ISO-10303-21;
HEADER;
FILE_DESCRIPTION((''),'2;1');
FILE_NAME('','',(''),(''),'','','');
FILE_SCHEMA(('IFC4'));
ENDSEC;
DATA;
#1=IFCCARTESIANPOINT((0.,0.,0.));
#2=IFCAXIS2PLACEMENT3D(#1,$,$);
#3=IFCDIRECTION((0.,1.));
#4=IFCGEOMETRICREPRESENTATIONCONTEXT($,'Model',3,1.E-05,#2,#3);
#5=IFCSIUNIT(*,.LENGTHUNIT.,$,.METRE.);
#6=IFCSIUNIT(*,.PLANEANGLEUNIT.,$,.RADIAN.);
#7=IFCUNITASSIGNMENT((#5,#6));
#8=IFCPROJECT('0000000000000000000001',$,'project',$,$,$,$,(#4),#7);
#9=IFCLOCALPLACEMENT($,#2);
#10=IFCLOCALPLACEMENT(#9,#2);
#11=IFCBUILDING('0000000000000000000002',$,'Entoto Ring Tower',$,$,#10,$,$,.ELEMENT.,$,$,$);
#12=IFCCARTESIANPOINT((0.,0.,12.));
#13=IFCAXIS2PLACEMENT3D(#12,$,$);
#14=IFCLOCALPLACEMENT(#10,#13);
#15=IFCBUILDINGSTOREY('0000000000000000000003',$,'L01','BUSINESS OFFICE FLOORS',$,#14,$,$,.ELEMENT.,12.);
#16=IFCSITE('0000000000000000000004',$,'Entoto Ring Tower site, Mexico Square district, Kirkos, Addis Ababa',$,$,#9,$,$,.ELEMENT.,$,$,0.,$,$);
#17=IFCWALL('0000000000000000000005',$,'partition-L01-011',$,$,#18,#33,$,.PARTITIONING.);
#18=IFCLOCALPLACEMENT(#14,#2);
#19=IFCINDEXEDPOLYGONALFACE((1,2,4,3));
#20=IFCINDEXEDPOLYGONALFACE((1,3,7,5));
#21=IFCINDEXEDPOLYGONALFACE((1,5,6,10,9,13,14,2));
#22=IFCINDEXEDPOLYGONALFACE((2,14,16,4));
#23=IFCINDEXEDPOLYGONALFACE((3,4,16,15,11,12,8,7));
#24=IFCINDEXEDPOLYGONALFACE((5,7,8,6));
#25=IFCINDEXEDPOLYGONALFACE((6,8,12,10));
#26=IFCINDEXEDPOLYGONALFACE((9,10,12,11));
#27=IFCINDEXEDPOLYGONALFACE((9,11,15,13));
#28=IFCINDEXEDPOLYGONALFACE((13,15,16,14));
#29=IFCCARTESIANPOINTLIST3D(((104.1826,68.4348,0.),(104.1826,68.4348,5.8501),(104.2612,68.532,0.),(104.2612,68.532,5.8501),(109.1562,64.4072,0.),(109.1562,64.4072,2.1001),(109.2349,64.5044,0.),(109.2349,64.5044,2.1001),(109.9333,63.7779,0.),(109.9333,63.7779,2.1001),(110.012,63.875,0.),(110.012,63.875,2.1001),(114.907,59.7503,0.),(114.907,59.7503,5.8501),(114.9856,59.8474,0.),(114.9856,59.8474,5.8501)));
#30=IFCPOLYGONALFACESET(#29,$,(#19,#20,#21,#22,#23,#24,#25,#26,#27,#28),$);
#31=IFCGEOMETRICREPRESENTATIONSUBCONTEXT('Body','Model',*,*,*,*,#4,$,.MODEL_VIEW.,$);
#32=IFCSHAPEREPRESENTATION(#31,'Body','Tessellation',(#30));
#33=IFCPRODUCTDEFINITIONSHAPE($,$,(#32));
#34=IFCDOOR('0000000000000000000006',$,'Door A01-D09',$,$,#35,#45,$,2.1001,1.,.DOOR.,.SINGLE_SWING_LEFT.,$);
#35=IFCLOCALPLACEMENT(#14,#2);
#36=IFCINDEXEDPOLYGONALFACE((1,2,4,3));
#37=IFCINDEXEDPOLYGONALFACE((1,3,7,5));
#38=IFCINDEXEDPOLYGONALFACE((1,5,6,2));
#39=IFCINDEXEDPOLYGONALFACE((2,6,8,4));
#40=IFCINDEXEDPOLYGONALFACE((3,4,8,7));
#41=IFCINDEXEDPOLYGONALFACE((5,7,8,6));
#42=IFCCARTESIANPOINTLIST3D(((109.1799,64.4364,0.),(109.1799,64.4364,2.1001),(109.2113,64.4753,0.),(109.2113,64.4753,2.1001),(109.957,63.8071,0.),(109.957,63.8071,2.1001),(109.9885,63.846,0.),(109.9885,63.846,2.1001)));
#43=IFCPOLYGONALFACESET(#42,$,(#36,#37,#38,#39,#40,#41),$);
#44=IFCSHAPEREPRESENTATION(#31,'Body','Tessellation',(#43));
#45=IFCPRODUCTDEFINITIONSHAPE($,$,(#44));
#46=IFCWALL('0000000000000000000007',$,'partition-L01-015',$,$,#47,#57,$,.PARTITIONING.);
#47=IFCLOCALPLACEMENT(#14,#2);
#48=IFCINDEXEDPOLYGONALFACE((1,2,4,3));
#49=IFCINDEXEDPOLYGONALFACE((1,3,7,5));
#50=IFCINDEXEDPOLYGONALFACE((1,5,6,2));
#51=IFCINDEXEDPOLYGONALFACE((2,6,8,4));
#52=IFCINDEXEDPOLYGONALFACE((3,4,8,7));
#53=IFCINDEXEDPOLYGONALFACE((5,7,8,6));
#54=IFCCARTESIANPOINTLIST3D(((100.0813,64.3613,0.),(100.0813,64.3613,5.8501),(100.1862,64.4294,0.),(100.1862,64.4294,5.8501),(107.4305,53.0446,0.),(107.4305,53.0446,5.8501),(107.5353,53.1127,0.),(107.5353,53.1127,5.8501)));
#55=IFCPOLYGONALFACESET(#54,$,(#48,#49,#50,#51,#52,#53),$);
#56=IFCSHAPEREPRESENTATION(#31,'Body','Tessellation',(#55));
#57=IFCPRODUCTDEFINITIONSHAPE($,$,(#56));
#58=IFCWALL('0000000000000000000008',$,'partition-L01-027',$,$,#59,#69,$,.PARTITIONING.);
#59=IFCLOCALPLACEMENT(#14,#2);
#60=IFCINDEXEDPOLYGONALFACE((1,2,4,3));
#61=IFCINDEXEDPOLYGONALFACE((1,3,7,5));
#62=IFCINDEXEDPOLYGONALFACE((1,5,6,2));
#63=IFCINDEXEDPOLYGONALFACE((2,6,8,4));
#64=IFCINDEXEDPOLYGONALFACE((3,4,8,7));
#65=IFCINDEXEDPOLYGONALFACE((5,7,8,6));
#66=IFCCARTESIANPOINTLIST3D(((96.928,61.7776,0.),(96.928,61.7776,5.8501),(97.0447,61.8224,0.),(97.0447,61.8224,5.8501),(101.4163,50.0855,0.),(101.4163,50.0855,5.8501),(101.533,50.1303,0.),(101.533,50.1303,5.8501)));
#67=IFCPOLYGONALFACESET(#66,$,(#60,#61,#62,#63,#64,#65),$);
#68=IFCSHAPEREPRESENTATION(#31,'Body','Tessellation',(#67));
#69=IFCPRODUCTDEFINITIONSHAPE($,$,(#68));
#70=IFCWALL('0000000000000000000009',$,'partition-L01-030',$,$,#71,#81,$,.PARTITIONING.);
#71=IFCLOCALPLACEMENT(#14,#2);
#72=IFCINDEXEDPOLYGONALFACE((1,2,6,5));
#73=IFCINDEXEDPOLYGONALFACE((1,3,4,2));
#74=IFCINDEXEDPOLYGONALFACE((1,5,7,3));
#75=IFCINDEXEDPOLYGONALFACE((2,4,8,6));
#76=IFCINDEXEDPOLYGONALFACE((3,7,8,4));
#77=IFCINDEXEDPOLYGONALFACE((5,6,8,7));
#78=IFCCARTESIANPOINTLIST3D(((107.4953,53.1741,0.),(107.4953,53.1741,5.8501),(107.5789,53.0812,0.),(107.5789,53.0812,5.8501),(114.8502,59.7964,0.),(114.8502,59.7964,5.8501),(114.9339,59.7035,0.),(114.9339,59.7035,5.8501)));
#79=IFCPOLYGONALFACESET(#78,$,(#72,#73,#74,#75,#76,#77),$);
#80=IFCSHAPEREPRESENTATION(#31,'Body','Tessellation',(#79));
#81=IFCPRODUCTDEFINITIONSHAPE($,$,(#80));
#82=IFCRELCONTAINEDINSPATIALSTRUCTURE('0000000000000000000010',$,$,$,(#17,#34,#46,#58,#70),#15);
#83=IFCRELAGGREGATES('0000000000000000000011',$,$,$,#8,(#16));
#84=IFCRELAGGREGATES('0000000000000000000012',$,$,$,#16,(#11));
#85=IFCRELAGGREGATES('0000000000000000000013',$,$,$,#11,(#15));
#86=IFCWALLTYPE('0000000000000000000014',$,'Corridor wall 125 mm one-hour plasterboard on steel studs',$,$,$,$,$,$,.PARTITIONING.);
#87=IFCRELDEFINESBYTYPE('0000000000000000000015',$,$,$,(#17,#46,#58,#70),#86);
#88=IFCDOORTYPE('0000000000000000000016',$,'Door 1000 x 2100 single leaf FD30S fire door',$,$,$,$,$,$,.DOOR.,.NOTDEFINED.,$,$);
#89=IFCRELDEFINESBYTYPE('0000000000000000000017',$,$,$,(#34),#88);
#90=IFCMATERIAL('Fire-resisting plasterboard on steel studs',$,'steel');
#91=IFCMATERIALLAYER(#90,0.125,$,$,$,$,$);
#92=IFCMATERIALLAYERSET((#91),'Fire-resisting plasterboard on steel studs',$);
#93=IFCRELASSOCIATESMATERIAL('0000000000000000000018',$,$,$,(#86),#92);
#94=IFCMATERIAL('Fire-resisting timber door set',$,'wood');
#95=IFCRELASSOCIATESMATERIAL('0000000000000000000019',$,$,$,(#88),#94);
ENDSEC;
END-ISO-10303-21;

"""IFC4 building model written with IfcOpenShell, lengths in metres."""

from ifc_helpers import new_model, si_unit, direction, frame, frame_2d, origin, place, context, subcontext, project, spatial, rectangle, extrude, material, layer, layer_set, type_object, element, fill, save


model = new_model("IFC4")

# Units and contexts
model_context = context("Model", 3, precision=1e-05, world=origin(), true_north=direction((0.0, 1.0)))
body_context = subcontext(model_context, "Body", "Model", "MODEL_VIEW")
ifc_project = project(units=[si_unit("LENGTHUNIT", "METRE"), si_unit("PLANEANGLEUNIT", "RADIAN")], contexts=[model_context])

# Site, building, storey
site_placement = place(None, origin())
site = spatial("IfcSite", under=ifc_project, at=site_placement, Name="Entoto Ring Tower site, Mexico Square district, Kirkos, Addis Ababa", CompositionType="ELEMENT", RefElevation=0.0)
building_placement = place(site_placement, origin())
building = spatial("IfcBuilding", under=site, at=building_placement, Name="Entoto Ring Tower", CompositionType="ELEMENT")
storey_placement = place(building_placement, frame((0.0, 0.0, 12.0)))
storey = spatial("IfcBuildingStorey", under=building, at=storey_placement, Name="L01", Description="BUSINESS OFFICE FLOORS", CompositionType="ELEMENT", Elevation=12.0)

# Wall, opening, door
ifc_material_1 = material(Name="Fire-resisting plasterboard on steel studs", Category="steel")
ifc_layer = layer(ifc_material_1, 0.125)
ifc_layer_set = layer_set([ifc_layer], Name="Fire-resisting plasterboard on steel studs")
wall_type = type_object("IfcWallType", Name="Corridor wall 125 mm one-hour plasterboard on steel studs", PredefinedType="PARTITIONING", material=ifc_layer_set)
wall_1_placement = place(storey_placement, frame((114.9463, 59.7988, 0.0), z_axis=(0.0, 0.0, 1.0), x_axis=(-0.777141, 0.629327, 0.0)))
wall_1 = element("IfcWall", 1, at=wall_1_placement, inside=storey, type_object=wall_type, Name="partition-L01-011", PredefinedType="PARTITIONING", context=body_context, shape_type="SweptSolid", body=[
    extrude(rectangle(XDim=13.7998, YDim=0.125, at=frame_2d((6.8999, 0.0))), origin(), (0.0, 0.0, 1.0), 5.8501),
])
opening_placement = place(wall_1_placement, frame((6.3999, 0.0, 0.0)))
opening = element("IfcOpeningElement", 2, at=opening_placement, cuts=wall_1, PredefinedType="OPENING", context=body_context, shape_type="SweptSolid", body=[
    extrude(rectangle(XDim=1.0, YDim=2.1001, at=frame_2d((0.5, 1.05))), frame((0.0, 0.0725, 0.0), z_axis=(0.0, -1.0, 0.0), x_axis=(1.0, 0.0, 0.0)), (0.0, 0.0, 1.0), 0.145),
])
ifc_material_2 = material(Name="Fire-resisting timber door set", Category="wood")
door_type = type_object("IfcDoorType", Name="Door 1000 x 2100 single leaf FD30S fire door", OperationType="NOTDEFINED", PredefinedType="DOOR", material=ifc_material_2)
door_placement = place(opening_placement, origin())
door = element("IfcDoor", 3, at=door_placement, inside=storey, type_object=door_type, Name="Door A01-D09", OperationType="SINGLE_SWING_LEFT", OverallHeight=2.1001, OverallWidth=1.0, PredefinedType="DOOR", context=body_context, shape_type="SweptSolid", body=[
    extrude(rectangle(XDim=1.0, YDim=2.1001, at=frame_2d((0.5, 1.05))), frame((0.0, 0.0249, 0.0), z_axis=(0.0, -1.0, 0.0), x_axis=(1.0, 0.0, 0.0)), (0.0, 0.0, 1.0), 0.05),
])
fill(opening, door)

# Walls
wall_2_placement = place(storey_placement, frame((107.4829, 53.0786, 0.0), z_axis=(0.0, 0.0, 1.0), x_axis=(-0.544639, 0.83867, 0.0)))
element("IfcWall", 4, at=wall_2_placement, inside=storey, type_object=wall_type, Name="partition-L01-015", PredefinedType="PARTITIONING", context=body_context, shape_type="SweptSolid", body=[
    extrude(rectangle(XDim=13.4937, YDim=0.125, at=frame_2d((6.7468, 0.0))), origin(), (0.0, 0.0, 1.0), 5.8501),
])
wall_3_placement = place(storey_placement, frame((101.4746, 50.1079, 0.0), z_axis=(0.0, 0.0, 1.0), x_axis=(-0.358374, 0.933578, 0.0)))
element("IfcWall", 5, at=wall_3_placement, inside=storey, type_object=wall_type, Name="partition-L01-027", PredefinedType="PARTITIONING", context=body_context, shape_type="SweptSolid", body=[
    extrude(rectangle(XDim=12.5239, YDim=0.125, at=frame_2d((6.262, 0.0))), origin(), (0.0, 0.0, 1.0), 5.8501),
])
wall_4_placement = place(storey_placement, frame((107.5371, 53.1277, 0.0), z_axis=(0.0, 0.0, 1.0), x_axis=(0.743152, 0.669123, 0.0)))
element("IfcWall", 6, at=wall_4_placement, inside=storey, type_object=wall_type, Name="partition-L01-030", PredefinedType="PARTITIONING", context=body_context, shape_type="SweptSolid", body=[
    extrude(rectangle(XDim=9.897, YDim=0.125, at=frame_2d((4.9485, 0.0))), origin(), (0.0, 0.0, 1.0), 5.8501),
])

save(model, "model.ifc")
